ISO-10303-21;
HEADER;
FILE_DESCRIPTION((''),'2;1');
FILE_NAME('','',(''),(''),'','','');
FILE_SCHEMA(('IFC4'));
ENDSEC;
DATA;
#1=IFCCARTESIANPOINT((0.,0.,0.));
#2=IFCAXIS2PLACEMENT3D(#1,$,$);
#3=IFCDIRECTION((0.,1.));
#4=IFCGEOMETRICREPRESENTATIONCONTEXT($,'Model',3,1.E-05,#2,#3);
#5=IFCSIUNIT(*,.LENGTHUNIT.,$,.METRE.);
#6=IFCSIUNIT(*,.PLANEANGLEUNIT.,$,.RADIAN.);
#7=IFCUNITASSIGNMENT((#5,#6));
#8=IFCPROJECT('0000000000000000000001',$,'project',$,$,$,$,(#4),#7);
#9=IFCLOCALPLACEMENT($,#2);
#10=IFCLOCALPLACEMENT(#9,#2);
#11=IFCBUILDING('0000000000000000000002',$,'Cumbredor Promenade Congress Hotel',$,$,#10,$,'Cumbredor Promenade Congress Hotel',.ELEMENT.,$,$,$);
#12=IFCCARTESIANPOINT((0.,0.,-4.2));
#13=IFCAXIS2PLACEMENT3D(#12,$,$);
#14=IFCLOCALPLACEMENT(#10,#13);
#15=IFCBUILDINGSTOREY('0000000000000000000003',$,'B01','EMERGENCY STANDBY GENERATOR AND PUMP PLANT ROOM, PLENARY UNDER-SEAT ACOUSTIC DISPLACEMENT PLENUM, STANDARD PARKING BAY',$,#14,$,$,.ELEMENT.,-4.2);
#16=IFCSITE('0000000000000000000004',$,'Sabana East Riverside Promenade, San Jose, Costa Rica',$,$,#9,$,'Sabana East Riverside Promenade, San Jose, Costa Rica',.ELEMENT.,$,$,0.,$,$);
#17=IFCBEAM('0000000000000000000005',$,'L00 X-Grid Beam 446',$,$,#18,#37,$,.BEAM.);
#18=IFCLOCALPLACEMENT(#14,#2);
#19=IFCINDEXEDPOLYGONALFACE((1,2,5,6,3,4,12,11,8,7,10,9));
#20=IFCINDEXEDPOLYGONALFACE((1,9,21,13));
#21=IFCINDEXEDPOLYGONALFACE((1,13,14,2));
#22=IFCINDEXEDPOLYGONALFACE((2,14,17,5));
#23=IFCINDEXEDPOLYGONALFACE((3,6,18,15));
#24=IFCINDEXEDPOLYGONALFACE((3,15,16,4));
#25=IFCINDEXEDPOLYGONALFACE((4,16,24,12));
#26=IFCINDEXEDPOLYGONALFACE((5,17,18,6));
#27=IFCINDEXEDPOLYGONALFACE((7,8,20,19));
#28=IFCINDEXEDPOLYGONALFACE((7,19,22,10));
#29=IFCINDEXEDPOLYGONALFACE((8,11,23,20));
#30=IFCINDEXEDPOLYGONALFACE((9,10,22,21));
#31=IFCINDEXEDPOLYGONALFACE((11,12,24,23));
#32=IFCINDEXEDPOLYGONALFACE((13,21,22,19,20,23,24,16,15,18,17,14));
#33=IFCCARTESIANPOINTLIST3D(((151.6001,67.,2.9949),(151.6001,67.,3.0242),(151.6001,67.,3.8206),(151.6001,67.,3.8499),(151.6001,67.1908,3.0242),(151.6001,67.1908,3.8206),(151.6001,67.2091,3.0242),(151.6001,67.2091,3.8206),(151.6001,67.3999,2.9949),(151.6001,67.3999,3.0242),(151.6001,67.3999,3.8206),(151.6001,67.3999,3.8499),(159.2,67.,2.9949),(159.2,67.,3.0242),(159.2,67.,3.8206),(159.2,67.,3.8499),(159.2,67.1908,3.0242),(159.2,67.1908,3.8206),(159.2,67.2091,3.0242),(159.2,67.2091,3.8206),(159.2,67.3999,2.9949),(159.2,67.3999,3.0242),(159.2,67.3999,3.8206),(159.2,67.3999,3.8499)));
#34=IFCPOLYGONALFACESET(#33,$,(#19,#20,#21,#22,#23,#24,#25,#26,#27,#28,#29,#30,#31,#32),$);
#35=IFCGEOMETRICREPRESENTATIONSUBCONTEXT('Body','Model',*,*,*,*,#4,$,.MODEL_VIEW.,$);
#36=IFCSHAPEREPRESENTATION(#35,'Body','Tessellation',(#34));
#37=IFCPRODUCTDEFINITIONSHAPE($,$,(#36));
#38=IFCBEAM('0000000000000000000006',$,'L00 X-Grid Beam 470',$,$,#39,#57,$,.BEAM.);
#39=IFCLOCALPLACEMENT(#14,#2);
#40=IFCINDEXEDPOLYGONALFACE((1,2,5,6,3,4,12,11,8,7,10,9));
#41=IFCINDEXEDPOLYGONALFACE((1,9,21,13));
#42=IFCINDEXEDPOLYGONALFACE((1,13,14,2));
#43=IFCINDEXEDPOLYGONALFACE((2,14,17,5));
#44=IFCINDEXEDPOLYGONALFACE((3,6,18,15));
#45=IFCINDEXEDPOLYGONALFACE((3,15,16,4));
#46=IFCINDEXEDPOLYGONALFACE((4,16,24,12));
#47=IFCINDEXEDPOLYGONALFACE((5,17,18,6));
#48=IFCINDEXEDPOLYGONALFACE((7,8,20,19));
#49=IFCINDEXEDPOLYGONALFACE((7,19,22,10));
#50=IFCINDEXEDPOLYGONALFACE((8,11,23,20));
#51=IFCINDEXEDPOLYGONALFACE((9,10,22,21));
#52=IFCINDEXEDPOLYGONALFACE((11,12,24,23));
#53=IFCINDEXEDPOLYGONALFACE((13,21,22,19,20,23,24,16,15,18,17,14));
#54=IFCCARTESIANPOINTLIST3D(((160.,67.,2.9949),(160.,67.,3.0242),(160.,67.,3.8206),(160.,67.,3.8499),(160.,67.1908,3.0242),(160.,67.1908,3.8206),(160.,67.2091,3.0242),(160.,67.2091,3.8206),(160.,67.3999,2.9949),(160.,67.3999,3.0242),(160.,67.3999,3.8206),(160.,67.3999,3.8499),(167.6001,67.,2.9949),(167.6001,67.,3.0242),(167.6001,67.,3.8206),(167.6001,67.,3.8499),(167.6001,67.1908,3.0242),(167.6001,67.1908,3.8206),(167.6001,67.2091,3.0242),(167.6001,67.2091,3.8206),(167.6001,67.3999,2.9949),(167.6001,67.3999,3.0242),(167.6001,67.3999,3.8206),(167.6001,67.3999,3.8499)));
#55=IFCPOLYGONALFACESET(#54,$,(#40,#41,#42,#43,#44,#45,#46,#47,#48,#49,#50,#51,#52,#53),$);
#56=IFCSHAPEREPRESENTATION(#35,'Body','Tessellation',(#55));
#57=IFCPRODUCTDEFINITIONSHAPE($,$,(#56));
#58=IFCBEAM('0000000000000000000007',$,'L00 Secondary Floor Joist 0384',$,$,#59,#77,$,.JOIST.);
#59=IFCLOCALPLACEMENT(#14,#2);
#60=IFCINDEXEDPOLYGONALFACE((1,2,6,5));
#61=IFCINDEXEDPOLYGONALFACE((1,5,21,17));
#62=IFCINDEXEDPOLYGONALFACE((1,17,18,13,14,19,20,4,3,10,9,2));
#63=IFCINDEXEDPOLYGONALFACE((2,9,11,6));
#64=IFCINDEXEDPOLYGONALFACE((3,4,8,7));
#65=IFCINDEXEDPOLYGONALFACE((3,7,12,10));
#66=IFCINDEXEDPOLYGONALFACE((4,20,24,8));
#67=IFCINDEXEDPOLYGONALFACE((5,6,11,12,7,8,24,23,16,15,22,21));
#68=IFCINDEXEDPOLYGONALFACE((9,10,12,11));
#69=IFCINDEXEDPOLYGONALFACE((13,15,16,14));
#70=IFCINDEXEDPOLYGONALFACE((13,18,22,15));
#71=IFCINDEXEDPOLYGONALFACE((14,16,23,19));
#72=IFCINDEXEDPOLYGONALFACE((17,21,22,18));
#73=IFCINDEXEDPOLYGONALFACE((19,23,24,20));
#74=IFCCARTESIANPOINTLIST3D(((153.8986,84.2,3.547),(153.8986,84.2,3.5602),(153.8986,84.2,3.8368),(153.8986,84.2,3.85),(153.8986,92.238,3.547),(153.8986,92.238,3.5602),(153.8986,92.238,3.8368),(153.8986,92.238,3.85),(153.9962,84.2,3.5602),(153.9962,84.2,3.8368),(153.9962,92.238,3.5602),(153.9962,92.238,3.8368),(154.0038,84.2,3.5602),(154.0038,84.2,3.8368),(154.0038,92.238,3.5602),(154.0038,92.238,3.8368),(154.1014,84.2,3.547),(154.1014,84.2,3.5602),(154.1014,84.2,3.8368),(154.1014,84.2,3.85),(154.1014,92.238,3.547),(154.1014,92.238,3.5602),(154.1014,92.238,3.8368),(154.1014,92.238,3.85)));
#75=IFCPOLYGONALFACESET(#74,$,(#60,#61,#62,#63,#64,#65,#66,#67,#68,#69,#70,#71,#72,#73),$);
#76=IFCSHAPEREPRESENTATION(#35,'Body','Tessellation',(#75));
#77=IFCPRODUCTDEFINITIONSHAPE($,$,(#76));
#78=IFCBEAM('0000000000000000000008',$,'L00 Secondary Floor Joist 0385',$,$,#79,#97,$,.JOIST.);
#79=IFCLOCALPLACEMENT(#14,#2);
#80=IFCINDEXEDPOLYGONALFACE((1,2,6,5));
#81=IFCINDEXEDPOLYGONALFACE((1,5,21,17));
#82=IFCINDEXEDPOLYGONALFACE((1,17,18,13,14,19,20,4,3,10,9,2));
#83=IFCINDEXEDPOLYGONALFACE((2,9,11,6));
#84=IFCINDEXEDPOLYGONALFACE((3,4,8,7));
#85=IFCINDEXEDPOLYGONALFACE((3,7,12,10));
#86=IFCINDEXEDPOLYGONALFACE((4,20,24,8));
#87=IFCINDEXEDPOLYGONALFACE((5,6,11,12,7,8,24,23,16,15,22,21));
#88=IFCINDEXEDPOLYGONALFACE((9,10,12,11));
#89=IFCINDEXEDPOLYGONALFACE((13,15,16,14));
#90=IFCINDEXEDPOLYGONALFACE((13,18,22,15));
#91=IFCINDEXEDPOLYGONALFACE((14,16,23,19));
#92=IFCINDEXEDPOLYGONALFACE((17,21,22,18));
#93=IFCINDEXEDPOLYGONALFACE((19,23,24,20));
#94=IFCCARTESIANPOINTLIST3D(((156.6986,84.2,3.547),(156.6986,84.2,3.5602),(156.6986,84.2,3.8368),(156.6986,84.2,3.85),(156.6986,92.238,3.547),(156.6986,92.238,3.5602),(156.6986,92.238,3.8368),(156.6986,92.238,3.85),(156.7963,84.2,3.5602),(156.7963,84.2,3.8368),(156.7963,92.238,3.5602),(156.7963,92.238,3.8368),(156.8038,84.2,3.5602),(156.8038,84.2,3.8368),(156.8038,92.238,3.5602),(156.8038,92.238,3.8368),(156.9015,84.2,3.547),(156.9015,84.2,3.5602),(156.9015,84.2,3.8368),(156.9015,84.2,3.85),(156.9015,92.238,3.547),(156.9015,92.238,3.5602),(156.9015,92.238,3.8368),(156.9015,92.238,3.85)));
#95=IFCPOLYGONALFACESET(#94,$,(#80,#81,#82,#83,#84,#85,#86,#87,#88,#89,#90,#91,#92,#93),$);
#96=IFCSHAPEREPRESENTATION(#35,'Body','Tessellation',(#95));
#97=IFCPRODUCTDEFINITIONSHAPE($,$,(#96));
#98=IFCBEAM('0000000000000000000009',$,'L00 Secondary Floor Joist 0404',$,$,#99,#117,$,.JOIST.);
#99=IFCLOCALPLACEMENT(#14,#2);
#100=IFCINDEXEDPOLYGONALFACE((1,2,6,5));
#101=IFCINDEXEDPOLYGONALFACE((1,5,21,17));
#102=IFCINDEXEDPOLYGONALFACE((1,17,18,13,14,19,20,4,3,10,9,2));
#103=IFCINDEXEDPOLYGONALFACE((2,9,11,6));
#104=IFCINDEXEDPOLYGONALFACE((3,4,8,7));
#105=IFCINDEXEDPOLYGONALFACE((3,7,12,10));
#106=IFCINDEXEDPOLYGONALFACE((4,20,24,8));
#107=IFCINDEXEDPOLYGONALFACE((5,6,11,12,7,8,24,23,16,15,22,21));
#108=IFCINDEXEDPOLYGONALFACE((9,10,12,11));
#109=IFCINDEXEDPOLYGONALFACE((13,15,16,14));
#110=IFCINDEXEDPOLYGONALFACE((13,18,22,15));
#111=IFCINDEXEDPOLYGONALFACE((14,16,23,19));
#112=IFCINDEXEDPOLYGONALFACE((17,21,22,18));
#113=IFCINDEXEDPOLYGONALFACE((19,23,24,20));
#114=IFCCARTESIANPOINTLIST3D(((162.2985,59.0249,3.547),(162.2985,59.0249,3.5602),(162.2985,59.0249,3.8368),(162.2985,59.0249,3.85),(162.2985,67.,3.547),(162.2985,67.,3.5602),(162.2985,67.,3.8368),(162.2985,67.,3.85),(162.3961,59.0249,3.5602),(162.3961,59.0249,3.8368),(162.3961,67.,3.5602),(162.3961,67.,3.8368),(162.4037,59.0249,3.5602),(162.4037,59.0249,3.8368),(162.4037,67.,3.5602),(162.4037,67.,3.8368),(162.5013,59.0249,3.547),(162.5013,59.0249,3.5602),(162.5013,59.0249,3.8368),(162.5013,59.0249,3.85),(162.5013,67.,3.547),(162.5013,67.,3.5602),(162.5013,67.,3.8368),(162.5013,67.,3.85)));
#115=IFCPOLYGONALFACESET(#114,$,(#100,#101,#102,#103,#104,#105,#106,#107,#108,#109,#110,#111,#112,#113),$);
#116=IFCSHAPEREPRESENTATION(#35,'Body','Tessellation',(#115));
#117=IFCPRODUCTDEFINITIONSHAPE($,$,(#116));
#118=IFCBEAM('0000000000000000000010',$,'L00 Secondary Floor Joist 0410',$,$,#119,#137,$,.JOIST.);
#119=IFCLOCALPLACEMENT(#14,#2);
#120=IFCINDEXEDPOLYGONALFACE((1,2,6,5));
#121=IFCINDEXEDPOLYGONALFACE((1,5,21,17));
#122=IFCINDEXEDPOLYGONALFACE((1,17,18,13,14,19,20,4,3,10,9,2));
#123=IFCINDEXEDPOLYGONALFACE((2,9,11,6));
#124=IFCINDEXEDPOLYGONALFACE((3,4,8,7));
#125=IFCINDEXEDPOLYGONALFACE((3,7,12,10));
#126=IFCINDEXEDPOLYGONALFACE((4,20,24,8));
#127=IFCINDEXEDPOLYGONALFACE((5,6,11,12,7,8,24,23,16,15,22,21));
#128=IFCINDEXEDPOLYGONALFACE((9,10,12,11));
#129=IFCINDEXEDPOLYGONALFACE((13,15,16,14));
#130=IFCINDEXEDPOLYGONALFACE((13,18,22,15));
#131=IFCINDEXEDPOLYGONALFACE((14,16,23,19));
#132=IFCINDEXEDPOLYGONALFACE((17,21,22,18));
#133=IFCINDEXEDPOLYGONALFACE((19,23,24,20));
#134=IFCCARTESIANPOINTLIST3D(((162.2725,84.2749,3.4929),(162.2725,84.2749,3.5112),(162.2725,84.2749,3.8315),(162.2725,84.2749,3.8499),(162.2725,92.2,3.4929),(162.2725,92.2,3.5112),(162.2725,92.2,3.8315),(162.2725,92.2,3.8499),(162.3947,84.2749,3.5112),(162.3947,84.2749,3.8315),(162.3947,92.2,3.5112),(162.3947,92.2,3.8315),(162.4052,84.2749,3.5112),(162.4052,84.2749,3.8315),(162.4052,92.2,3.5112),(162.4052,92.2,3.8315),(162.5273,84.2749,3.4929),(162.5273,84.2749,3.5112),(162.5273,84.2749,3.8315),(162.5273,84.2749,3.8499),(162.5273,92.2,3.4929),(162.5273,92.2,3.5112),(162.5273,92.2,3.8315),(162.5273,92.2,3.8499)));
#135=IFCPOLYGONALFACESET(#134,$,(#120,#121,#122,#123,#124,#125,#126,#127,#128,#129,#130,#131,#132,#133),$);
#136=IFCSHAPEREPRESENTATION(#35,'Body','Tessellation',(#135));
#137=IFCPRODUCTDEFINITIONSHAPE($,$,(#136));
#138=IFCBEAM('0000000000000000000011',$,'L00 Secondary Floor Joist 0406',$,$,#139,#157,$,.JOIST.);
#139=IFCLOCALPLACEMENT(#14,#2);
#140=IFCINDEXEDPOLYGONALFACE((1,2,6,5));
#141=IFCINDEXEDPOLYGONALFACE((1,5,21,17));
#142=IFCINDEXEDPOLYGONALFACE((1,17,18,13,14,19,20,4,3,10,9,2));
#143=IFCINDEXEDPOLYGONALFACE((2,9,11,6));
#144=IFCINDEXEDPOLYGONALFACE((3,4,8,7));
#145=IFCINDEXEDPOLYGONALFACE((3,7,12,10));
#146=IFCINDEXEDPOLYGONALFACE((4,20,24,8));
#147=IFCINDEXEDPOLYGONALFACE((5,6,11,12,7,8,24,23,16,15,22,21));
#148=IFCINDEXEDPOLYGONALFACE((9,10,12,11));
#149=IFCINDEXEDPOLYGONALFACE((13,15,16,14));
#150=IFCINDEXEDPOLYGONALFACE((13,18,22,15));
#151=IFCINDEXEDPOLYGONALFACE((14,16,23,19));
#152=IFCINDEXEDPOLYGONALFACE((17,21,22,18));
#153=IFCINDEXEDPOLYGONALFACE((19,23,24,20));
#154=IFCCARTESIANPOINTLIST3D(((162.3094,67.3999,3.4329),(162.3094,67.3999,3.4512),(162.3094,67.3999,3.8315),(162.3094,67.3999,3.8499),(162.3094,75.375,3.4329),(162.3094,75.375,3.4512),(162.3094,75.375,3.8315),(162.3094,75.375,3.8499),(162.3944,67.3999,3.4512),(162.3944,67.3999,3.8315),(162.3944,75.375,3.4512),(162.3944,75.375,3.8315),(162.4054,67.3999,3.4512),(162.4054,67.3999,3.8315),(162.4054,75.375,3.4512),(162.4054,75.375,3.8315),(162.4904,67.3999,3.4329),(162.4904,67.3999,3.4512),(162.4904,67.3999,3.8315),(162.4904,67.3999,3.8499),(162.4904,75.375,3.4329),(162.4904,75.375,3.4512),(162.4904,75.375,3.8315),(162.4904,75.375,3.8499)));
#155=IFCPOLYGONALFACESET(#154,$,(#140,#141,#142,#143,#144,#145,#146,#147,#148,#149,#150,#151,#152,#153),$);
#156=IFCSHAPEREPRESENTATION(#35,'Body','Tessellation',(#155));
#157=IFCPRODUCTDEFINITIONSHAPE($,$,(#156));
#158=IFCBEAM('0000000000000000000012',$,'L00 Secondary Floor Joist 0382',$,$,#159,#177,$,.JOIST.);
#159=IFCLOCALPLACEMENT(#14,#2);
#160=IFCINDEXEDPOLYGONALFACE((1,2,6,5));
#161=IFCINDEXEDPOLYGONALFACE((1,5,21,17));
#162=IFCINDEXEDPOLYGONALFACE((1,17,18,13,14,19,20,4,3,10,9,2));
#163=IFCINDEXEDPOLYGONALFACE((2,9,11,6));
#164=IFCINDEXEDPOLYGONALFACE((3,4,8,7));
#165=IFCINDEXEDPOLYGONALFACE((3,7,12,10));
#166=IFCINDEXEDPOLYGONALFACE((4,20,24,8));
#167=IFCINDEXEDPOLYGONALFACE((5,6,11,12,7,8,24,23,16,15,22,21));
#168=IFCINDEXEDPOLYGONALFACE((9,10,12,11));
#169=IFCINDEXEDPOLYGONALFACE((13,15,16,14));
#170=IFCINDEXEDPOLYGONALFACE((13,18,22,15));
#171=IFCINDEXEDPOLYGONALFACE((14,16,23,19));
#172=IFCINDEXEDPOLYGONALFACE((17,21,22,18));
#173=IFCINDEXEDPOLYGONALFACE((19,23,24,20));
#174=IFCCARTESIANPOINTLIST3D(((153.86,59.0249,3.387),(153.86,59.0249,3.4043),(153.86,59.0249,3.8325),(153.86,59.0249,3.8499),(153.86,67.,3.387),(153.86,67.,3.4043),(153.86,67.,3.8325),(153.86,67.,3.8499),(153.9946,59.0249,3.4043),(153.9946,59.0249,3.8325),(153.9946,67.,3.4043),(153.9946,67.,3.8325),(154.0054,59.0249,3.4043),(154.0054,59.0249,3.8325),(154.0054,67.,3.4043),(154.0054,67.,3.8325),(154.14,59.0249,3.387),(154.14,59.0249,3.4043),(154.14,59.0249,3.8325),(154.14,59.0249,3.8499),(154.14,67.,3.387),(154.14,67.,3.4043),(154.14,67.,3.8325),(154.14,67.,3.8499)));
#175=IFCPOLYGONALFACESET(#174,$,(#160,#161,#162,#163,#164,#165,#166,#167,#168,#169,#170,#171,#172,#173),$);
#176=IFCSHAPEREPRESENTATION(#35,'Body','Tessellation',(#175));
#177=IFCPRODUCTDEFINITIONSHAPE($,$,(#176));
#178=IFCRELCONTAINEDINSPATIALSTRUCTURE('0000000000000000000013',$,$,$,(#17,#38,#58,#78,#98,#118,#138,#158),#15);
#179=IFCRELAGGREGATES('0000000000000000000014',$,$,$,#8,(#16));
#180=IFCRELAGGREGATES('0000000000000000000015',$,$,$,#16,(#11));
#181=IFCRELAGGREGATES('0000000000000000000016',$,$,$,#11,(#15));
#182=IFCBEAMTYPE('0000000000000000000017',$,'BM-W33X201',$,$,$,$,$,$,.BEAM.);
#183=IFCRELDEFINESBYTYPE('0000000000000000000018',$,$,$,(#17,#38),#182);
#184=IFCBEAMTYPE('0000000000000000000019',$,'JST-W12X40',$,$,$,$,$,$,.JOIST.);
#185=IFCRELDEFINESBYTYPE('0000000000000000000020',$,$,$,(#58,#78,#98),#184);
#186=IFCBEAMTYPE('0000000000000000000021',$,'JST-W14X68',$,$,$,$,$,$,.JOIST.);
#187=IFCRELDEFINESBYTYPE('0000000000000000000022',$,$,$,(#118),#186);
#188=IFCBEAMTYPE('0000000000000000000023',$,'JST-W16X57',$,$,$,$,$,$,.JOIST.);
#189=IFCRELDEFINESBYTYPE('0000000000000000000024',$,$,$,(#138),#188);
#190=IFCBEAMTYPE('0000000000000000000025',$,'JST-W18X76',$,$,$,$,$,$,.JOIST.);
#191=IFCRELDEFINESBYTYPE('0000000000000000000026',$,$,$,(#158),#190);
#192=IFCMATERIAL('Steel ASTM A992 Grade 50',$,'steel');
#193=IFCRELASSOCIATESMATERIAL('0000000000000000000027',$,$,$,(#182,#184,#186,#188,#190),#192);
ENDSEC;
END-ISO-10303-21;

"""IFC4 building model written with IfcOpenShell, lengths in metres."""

from ifc_helpers import new_model, si_unit, direction, frame, origin, origin_2d, place, context, subcontext, project, spatial, i_section, extrude, material, material_profile, profile_set, type_object, element, save


model = new_model("IFC4")

# Units and contexts
model_context = context("Model", 3, precision=1e-05, world=origin(), true_north=direction((0.0, 1.0)))
body_context = subcontext(model_context, "Body", "Model", "MODEL_VIEW")
ifc_project = project(units=[si_unit("LENGTHUNIT", "METRE"), si_unit("PLANEANGLEUNIT", "RADIAN")], contexts=[model_context])

# Site, building, storey
site_placement = place(None, origin())
site = spatial("IfcSite", under=ifc_project, at=site_placement, Name="Sabana East Riverside Promenade, San Jose, Costa Rica", LongName="Sabana East Riverside Promenade, San Jose, Costa Rica", CompositionType="ELEMENT", RefElevation=0.0)
building_placement = place(site_placement, origin())
building = spatial("IfcBuilding", under=site, at=building_placement, Name="Cumbredor Promenade Congress Hotel", LongName="Cumbredor Promenade Congress Hotel", CompositionType="ELEMENT")
storey_placement = place(building_placement, frame((0.0, 0.0, -4.2)))
storey = spatial("IfcBuildingStorey", under=building, at=storey_placement, Name="B01", Description="EMERGENCY STANDBY GENERATOR AND PUMP PLANT ROOM, PLENARY UNDER-SEAT ACOUSTIC DISPLACEMENT PLENUM, STANDARD PARKING BAY", CompositionType="ELEMENT", Elevation=-4.2)

# Beams
ifc_material_1 = material(Name="Steel ASTM A992 Grade 50", Category="steel")
ifc_material_profile_1 = material_profile(ifc_material_1, i_section(OverallWidth=0.3999, OverallDepth=0.855, WebThickness=0.0183, FlangeThickness=0.0293, at=origin_2d()), Name="W33X201")
ifc_profile_set_1 = profile_set([ifc_material_profile_1], Name="Steel ASTM A992 Grade 50")
beam_type_1 = type_object("IfcBeamType", Name="BM-W33X201", PredefinedType="BEAM", material=ifc_profile_set_1)
beam_1_placement = place(storey_placement, frame((151.6001, 67.2, 3.4224), z_axis=(1.0, 0.0, 0.0), x_axis=(0.0, 1.0, 0.0)))
element("IfcBeam", 1, at=beam_1_placement, inside=storey, type_object=beam_type_1, Name="L00 X-Grid Beam 446", PredefinedType="BEAM", context=body_context, shape_type="SweptSolid", body=[
    extrude(i_section(OverallWidth=0.3999, OverallDepth=0.855, WebThickness=0.0183, FlangeThickness=0.0293, at=origin_2d()), origin(), (0.0, 0.0, 1.0), 7.5999),
])
beam_2_placement = place(storey_placement, frame((160.0, 67.2, 3.4224), z_axis=(1.0, 0.0, 0.0), x_axis=(0.0, 1.0, 0.0)))
element("IfcBeam", 2, at=beam_2_placement, inside=storey, type_object=beam_type_1, Name="L00 X-Grid Beam 470", PredefinedType="BEAM", context=body_context, shape_type="SweptSolid", body=[
    extrude(i_section(OverallWidth=0.3999, OverallDepth=0.855, WebThickness=0.0183, FlangeThickness=0.0293, at=origin_2d()), origin(), (0.0, 0.0, 1.0), 7.6001),
])
ifc_material_profile_2 = material_profile(ifc_material_1, i_section(OverallWidth=0.2029, OverallDepth=0.303, WebThickness=0.0076, FlangeThickness=0.0132, at=origin_2d()), Name="W12X40")
ifc_profile_set_2 = profile_set([ifc_material_profile_2], Name="Steel ASTM A992 Grade 50")
beam_type_2 = type_object("IfcBeamType", Name="JST-W12X40", PredefinedType="JOIST", material=ifc_profile_set_2)
for number, where, z_axis, x_axis, name in (
    (3, (154.0, 84.2, 3.6985), (0.0, 1.0, 0.0), (-1.0, 0.0, 0.0), "L00 Secondary Floor Joist 0384"),
    (4, (156.8, 84.2, 3.6985), (0.0, 1.0, 0.0), (-1.0, 0.0, 0.0), "L00 Secondary Floor Joist 0385"),
):
    element("IfcBeam", number, at=place(storey_placement, frame(where, z_axis=z_axis, x_axis=x_axis)), inside=storey, type_object=beam_type_2, Name=name, PredefinedType="JOIST", context=body_context, shape_type="SweptSolid", body=[
        extrude(i_section(OverallWidth=0.2029, OverallDepth=0.303, WebThickness=0.0076, FlangeThickness=0.0132, at=origin_2d()), origin(), (0.0, 0.0, 1.0), 8.0381),
    ])
beam_3_placement = place(storey_placement, frame((162.3999, 59.0249, 3.6985), z_axis=(0.0, 1.0, 0.0), x_axis=(-1.0, 0.0, 0.0)))
element("IfcBeam", 5, at=beam_3_placement, inside=storey, type_object=beam_type_2, Name="L00 Secondary Floor Joist 0404", PredefinedType="JOIST", context=body_context, shape_type="SweptSolid", body=[
    extrude(i_section(OverallWidth=0.2029, OverallDepth=0.303, WebThickness=0.0076, FlangeThickness=0.0132, at=origin_2d()), origin(), (0.0, 0.0, 1.0), 7.9751),
])
ifc_material_profile_3 = material_profile(ifc_material_1, i_section(OverallWidth=0.2549, OverallDepth=0.3569, WebThickness=0.0105, FlangeThickness=0.0183, at=origin_2d()), Name="W14X68")
ifc_profile_set_3 = profile_set([ifc_material_profile_3], Name="Steel ASTM A992 Grade 50")
beam_type_3 = type_object("IfcBeamType", Name="JST-W14X68", PredefinedType="JOIST", material=ifc_profile_set_3)
beam_4_placement = place(storey_placement, frame((162.3999, 84.2749, 3.6714), z_axis=(0.0, 1.0, 0.0), x_axis=(-1.0, 0.0, 0.0)))
element("IfcBeam", 6, at=beam_4_placement, inside=storey, type_object=beam_type_3, Name="L00 Secondary Floor Joist 0410", PredefinedType="JOIST", context=body_context, shape_type="SweptSolid", body=[
    extrude(i_section(OverallWidth=0.2549, OverallDepth=0.3569, WebThickness=0.0105, FlangeThickness=0.0183, at=origin_2d()), origin(), (0.0, 0.0, 1.0), 7.925),
])
ifc_material_profile_4 = material_profile(ifc_material_1, i_section(OverallWidth=0.1809, OverallDepth=0.417, WebThickness=0.011, FlangeThickness=0.0183, at=origin_2d()), Name="W16X57")
ifc_profile_set_4 = profile_set([ifc_material_profile_4], Name="Steel ASTM A992 Grade 50")
beam_type_4 = type_object("IfcBeamType", Name="JST-W16X57", PredefinedType="JOIST", material=ifc_profile_set_4)
beam_5_placement = place(storey_placement, frame((162.3999, 67.3999, 3.6414), z_axis=(0.0, 1.0, 0.0), x_axis=(-1.0, 0.0, 0.0)))
element("IfcBeam", 7, at=beam_5_placement, inside=storey, type_object=beam_type_4, Name="L00 Secondary Floor Joist 0406", PredefinedType="JOIST", context=body_context, shape_type="SweptSolid", body=[
    extrude(i_section(OverallWidth=0.1809, OverallDepth=0.417, WebThickness=0.011, FlangeThickness=0.0183, at=origin_2d()), origin(), (0.0, 0.0, 1.0), 7.9751),
])
ifc_material_profile_5 = material_profile(ifc_material_1, i_section(OverallWidth=0.28, OverallDepth=0.4629, WebThickness=0.0107, FlangeThickness=0.0173, at=origin_2d()), Name="W18X76")
ifc_profile_set_5 = profile_set([ifc_material_profile_5], Name="Steel ASTM A992 Grade 50")
beam_type_5 = type_object("IfcBeamType", Name="JST-W18X76", PredefinedType="JOIST", material=ifc_profile_set_5)
for number, where, z_axis, x_axis, name in (
    (8, (154.0, 59.0249, 3.6184), (0.0, 1.0, 0.0), (-1.0, 0.0, 0.0), "L00 Secondary Floor Joist 0382"),
):
    element("IfcBeam", number, at=place(storey_placement, frame(where, z_axis=z_axis, x_axis=x_axis)), inside=storey, type_object=beam_type_5, Name=name, PredefinedType="JOIST", context=body_context, shape_type="SweptSolid", body=[
        extrude(i_section(OverallWidth=0.28, OverallDepth=0.4629, WebThickness=0.0107, FlangeThickness=0.0173, at=origin_2d()), origin(), (0.0, 0.0, 1.0), 7.9751),
    ])

save(model, "model.ifc")
